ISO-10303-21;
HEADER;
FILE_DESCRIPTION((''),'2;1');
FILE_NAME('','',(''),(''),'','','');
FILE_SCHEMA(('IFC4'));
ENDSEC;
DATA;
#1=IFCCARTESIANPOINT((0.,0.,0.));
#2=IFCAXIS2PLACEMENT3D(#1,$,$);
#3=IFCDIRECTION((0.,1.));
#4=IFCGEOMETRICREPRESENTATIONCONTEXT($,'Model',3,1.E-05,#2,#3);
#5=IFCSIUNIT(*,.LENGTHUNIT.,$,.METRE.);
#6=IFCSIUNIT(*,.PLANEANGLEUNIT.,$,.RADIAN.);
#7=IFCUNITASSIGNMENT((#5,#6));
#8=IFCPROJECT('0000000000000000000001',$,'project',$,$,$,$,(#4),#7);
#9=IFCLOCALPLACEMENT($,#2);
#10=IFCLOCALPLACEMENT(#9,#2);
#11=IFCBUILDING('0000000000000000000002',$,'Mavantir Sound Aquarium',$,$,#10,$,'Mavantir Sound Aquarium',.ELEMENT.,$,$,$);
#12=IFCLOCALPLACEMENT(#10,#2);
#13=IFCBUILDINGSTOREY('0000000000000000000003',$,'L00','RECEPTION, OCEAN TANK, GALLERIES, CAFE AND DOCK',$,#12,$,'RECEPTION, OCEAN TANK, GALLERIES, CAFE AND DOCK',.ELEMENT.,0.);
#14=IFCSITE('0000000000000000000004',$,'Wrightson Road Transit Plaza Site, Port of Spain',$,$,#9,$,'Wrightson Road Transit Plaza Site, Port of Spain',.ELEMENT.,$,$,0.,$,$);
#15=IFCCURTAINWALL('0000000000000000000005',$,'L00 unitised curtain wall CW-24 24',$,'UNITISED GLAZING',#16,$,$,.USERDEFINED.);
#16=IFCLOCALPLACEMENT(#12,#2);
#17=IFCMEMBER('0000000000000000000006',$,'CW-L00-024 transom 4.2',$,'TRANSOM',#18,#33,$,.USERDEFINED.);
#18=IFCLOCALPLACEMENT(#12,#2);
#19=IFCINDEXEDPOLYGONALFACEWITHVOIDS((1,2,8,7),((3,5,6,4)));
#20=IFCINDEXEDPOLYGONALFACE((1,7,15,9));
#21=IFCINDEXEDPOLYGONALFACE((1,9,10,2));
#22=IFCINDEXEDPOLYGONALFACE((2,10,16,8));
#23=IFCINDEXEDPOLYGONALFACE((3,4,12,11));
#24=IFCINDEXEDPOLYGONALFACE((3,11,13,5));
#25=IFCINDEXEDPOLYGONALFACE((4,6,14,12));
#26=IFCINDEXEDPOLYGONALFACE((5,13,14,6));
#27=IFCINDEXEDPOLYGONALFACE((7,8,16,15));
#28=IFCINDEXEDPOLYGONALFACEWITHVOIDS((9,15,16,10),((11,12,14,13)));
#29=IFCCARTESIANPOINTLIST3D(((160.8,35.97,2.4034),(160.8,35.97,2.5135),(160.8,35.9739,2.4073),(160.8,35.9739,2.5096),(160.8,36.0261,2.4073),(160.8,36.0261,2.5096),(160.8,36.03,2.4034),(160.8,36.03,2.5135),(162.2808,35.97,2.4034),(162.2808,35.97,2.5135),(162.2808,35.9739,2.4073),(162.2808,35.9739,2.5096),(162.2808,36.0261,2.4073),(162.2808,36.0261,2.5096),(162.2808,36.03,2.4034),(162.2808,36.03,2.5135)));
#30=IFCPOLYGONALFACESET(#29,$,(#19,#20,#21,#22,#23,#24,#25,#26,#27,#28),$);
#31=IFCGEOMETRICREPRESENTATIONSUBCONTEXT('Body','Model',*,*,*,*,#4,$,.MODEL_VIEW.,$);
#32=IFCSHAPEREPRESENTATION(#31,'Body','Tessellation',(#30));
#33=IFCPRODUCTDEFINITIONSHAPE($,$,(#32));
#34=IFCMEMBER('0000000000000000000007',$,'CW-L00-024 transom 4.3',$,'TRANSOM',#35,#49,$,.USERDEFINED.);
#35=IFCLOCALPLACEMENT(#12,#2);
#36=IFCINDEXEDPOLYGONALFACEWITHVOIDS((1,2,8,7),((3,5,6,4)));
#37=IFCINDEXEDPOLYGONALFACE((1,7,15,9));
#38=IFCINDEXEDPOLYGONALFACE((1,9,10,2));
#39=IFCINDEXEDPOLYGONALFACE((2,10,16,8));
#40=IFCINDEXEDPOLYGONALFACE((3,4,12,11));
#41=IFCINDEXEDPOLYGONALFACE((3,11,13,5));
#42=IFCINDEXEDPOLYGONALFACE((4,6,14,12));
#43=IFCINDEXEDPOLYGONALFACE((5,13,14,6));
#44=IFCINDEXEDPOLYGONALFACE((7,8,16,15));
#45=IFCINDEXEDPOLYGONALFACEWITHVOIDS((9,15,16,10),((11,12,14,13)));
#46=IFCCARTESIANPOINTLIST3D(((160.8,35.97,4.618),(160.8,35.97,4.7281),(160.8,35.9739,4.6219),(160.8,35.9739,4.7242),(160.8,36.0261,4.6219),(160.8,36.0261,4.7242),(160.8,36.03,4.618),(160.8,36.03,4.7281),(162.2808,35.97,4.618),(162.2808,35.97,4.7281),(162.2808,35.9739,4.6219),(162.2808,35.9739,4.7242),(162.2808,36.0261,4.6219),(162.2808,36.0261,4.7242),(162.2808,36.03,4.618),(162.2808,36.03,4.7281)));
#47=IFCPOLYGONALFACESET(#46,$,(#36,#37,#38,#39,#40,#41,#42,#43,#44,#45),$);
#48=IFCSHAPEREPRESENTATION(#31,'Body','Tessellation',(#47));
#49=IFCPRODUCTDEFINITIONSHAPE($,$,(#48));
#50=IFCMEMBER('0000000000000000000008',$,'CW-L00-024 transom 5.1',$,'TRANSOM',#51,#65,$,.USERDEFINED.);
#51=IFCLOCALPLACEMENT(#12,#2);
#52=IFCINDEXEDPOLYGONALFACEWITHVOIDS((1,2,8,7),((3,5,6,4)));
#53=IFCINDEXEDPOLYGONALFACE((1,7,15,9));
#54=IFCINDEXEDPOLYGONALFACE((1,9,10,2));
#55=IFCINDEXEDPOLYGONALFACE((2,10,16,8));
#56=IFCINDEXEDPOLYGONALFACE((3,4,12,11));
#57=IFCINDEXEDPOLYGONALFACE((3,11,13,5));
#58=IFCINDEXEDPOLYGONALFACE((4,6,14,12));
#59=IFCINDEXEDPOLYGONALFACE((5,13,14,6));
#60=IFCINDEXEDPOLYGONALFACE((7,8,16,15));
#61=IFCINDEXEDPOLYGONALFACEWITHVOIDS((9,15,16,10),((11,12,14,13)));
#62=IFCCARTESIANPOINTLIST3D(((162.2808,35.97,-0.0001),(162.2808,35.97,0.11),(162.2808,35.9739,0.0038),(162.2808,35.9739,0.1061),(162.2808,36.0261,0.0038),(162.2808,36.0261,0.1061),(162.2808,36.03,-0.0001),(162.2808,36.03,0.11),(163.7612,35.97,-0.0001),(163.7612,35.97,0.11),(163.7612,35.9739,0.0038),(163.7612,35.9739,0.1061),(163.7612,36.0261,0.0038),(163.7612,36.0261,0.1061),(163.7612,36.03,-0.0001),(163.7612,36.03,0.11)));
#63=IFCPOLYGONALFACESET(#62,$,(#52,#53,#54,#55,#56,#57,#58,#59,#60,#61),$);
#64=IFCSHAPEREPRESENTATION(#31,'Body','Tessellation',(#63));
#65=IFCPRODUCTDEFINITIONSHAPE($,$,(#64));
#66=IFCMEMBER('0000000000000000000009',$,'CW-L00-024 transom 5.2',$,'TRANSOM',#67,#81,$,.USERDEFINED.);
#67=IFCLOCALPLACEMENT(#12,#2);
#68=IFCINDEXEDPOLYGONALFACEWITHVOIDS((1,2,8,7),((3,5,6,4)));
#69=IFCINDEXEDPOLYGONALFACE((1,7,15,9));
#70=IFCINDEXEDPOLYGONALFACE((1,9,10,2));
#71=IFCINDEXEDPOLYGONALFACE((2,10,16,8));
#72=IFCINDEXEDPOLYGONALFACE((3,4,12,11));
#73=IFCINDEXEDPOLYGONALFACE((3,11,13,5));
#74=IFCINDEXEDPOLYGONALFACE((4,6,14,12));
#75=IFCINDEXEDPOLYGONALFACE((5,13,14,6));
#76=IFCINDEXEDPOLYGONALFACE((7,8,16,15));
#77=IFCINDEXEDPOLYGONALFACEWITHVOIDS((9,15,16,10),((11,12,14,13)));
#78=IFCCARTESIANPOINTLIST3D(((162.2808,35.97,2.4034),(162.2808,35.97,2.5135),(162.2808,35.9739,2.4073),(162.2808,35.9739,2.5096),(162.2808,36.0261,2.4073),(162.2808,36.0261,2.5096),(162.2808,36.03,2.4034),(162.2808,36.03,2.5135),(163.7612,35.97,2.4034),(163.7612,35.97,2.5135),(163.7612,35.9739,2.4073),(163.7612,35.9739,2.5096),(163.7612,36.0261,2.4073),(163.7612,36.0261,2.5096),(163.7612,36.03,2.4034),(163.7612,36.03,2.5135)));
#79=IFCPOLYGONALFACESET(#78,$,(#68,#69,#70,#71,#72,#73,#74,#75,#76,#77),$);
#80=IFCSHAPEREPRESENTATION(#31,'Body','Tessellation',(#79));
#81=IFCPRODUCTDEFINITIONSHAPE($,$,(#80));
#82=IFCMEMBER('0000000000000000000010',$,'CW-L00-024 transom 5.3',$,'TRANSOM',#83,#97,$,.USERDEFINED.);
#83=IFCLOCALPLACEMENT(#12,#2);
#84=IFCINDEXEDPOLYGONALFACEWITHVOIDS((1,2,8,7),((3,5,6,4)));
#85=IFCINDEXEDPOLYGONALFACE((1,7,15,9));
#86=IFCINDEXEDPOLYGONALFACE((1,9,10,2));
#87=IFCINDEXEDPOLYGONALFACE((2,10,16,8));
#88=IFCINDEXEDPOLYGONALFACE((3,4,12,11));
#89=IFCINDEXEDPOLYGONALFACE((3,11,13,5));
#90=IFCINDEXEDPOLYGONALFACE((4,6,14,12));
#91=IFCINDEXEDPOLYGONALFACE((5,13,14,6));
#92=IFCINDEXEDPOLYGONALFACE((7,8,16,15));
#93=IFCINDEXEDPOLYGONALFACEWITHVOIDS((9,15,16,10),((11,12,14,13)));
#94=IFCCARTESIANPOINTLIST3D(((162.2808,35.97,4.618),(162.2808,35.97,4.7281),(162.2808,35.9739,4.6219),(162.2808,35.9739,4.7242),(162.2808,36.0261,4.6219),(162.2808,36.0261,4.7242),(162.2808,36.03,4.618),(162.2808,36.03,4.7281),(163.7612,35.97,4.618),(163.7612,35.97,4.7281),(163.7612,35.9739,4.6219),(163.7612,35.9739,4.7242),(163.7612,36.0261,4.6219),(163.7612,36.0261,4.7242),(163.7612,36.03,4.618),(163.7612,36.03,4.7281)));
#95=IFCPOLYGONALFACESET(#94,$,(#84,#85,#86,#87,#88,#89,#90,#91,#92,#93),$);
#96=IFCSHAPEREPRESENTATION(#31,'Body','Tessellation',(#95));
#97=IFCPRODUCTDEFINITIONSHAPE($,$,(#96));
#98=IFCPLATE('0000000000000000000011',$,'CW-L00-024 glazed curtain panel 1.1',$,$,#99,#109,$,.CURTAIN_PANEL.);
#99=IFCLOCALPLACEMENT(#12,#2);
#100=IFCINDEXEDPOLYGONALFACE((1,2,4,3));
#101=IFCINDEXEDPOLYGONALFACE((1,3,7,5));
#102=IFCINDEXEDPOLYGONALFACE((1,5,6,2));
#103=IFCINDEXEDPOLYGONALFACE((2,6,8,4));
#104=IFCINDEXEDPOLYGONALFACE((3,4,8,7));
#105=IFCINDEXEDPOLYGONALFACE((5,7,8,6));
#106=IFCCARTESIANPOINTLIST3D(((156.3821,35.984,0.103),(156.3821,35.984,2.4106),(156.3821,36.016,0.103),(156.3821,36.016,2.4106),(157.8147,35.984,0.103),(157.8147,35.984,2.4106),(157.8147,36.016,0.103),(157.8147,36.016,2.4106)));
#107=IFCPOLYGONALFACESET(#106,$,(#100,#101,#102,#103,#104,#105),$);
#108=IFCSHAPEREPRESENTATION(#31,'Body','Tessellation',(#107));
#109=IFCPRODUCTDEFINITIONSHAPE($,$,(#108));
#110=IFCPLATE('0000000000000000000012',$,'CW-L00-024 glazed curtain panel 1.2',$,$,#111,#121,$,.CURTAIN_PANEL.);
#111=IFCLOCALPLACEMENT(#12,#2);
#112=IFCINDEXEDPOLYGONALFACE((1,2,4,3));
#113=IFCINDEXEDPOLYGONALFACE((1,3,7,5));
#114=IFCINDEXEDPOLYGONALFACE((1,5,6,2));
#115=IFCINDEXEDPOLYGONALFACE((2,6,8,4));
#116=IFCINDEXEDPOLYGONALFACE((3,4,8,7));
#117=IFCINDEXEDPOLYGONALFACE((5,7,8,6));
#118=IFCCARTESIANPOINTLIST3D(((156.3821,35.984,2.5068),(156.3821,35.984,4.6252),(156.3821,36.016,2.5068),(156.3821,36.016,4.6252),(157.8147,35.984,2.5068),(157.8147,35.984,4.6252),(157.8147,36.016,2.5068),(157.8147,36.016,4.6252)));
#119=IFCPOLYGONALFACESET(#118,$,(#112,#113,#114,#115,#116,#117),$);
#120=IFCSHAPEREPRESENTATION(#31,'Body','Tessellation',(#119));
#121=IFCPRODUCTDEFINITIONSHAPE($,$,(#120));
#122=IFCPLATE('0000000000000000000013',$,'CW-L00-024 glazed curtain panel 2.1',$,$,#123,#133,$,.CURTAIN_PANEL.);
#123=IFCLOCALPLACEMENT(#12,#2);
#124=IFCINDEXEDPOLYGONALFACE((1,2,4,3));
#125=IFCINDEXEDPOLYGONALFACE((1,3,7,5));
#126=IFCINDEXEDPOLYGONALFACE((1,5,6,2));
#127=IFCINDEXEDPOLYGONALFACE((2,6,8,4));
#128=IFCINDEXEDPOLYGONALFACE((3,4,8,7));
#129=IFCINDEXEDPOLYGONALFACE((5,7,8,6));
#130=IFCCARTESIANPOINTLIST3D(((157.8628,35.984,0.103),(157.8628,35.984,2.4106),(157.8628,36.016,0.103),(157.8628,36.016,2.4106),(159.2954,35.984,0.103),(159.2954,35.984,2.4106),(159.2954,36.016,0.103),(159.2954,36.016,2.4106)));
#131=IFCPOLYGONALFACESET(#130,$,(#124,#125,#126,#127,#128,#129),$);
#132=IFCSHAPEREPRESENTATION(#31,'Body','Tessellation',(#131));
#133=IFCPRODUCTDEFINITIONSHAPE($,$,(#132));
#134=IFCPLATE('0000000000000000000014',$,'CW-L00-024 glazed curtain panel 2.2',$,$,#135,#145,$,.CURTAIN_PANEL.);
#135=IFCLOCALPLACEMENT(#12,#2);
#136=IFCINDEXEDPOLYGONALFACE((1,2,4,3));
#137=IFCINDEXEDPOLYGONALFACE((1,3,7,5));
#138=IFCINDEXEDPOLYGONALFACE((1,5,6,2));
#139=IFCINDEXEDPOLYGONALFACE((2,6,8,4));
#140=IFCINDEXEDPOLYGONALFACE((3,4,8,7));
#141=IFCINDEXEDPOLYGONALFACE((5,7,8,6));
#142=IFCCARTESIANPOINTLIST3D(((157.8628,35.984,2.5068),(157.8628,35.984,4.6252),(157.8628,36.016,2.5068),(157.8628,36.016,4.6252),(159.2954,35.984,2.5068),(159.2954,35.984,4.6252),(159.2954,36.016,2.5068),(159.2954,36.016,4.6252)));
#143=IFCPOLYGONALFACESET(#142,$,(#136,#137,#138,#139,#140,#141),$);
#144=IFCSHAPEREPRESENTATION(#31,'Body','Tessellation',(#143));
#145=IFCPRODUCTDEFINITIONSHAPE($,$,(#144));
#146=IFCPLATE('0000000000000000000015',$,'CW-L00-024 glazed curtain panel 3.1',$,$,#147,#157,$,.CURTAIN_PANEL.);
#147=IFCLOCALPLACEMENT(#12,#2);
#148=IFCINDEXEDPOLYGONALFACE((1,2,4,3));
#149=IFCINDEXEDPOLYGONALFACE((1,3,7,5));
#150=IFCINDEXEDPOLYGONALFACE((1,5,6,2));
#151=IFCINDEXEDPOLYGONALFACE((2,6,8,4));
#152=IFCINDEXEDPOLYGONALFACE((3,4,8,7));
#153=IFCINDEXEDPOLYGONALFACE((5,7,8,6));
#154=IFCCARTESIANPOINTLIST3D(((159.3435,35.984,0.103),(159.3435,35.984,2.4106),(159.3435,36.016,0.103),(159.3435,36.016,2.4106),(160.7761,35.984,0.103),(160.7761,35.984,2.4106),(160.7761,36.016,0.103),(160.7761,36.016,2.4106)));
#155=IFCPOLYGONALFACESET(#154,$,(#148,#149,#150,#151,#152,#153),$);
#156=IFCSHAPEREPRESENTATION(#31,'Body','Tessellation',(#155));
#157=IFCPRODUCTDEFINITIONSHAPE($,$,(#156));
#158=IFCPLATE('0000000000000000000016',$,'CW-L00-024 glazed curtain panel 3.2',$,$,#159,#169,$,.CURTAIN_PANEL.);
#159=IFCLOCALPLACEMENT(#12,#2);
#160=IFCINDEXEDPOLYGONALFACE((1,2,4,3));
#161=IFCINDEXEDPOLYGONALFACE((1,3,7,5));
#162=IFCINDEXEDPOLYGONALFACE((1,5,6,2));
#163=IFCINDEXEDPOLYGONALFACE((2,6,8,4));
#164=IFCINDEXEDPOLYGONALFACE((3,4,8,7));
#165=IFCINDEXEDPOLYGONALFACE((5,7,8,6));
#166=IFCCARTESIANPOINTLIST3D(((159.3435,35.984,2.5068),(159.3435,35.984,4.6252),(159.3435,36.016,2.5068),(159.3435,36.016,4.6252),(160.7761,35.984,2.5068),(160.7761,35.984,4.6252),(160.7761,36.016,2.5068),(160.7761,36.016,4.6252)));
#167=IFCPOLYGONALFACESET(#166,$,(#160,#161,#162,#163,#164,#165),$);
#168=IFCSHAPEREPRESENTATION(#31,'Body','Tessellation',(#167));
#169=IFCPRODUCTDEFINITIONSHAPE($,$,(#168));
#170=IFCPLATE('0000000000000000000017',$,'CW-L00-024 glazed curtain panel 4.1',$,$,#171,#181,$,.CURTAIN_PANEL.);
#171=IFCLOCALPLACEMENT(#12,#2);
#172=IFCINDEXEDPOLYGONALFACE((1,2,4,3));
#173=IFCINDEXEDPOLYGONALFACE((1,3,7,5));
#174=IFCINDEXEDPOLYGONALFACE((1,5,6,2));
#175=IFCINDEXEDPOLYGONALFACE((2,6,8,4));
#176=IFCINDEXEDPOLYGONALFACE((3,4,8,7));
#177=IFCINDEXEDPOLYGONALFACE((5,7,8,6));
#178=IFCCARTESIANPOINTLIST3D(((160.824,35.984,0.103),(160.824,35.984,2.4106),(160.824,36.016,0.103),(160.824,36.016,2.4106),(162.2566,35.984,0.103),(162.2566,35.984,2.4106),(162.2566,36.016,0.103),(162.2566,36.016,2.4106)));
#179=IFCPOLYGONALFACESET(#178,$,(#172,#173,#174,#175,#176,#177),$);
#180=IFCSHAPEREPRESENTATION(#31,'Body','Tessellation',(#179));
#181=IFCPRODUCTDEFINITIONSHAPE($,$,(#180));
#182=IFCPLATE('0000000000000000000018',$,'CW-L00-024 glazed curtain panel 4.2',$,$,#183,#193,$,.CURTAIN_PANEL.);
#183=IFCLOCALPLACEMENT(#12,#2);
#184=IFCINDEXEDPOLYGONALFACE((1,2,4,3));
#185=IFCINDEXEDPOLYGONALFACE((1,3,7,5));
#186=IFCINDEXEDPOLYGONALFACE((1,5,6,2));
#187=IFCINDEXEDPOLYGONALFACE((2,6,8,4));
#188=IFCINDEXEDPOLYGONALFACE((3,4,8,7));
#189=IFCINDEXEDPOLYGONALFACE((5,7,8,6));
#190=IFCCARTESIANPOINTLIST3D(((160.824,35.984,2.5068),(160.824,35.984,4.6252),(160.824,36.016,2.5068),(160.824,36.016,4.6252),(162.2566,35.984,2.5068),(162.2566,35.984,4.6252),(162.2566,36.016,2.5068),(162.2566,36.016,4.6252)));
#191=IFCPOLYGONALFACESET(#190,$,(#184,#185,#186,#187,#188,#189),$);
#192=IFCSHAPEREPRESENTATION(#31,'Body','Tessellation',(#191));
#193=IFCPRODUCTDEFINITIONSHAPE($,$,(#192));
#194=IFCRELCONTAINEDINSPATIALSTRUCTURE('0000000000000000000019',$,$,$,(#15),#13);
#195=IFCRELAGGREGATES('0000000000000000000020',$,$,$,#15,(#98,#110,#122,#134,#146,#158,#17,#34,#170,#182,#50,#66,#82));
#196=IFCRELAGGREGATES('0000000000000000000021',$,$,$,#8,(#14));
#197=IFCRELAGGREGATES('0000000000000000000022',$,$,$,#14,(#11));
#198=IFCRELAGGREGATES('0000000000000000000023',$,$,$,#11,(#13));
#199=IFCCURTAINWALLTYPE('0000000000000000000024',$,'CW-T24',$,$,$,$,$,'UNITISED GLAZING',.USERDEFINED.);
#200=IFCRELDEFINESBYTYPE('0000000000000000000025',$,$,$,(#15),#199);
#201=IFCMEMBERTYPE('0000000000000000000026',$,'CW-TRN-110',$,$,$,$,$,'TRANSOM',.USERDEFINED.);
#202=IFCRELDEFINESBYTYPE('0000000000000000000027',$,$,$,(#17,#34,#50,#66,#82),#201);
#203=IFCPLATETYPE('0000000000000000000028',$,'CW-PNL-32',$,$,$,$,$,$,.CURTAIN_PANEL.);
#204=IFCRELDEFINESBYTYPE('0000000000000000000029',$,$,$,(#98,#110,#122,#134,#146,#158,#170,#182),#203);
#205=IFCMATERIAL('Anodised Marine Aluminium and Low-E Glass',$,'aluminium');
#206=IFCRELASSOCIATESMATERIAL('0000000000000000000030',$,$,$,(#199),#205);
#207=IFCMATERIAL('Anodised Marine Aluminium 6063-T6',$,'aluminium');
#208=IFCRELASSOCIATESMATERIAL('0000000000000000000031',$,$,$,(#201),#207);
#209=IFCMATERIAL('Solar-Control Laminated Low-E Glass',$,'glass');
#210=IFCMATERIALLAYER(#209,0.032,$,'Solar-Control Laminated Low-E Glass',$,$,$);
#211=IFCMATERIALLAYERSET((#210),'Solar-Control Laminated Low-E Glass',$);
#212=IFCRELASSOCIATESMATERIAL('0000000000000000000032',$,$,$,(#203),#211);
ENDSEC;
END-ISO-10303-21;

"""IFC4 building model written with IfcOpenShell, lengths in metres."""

from ifc_helpers import new_model, si_unit, direction, frame, origin, origin_2d, place, context, subcontext, project, spatial, rectangle, hollow_rectangle, extrude, material, layer, layer_set, material_profile, profile_set, type_object, element, aggregate, save


model = new_model("IFC4")

# Units and contexts
model_context = context("Model", 3, precision=1e-05, world=origin(), true_north=direction((0.0, 1.0)))
body_context = subcontext(model_context, "Body", "Model", "MODEL_VIEW")
ifc_project = project(units=[si_unit("LENGTHUNIT", "METRE"), si_unit("PLANEANGLEUNIT", "RADIAN")], contexts=[model_context])

# Site, building, storey
site_placement = place(None, origin())
site = spatial("IfcSite", under=ifc_project, at=site_placement, Name="Wrightson Road Transit Plaza Site, Port of Spain", LongName="Wrightson Road Transit Plaza Site, Port of Spain", CompositionType="ELEMENT", RefElevation=0.0)
building_placement = place(site_placement, origin())
building = spatial("IfcBuilding", under=site, at=building_placement, Name="Mavantir Sound Aquarium", LongName="Mavantir Sound Aquarium", CompositionType="ELEMENT")
storey_placement = place(building_placement, origin())
storey = spatial("IfcBuildingStorey", under=building, at=storey_placement, Name="L00", Description="RECEPTION, OCEAN TANK, GALLERIES, CAFE AND DOCK", LongName="RECEPTION, OCEAN TANK, GALLERIES, CAFE AND DOCK", CompositionType="ELEMENT", Elevation=0.0)

# Curtain wall, members, plates
ifc_material_1 = material(Name="Anodised Marine Aluminium and Low-E Glass", Category="aluminium")
curtain_wall_type = type_object("IfcCurtainWallType", Name="CW-T24", ElementType="UNITISED GLAZING", PredefinedType="USERDEFINED", material=ifc_material_1)
curtain_wall_placement = place(storey_placement, origin())
curtain_wall = element("IfcCurtainWall", 1, at=curtain_wall_placement, inside=storey, type_object=curtain_wall_type, Name="L00 unitised curtain wall CW-24 24", ObjectType="UNITISED GLAZING", PredefinedType="USERDEFINED")
ifc_material_2 = material(Name="Anodised Marine Aluminium 6063-T6", Category="aluminium")
ifc_material_profile_1 = material_profile(ifc_material_2, hollow_rectangle(XDim=0.0601, YDim=0.1101, WallThickness=0.0039, at=origin_2d()), Name="ALU-TRANSOM-110X60")
ifc_profile_set_1 = profile_set([ifc_material_profile_1], Name="Anodised Marine Aluminium 6063-T6")
member_type_1 = type_object("IfcMemberType", Name="CW-TRN-110", ElementType="TRANSOM", PredefinedType="USERDEFINED", material=ifc_profile_set_1)
member_1_placement = place(storey_placement, frame((160.8, 36.0, 2.4585), z_axis=(1.0, 0.0, 0.0), x_axis=(0.0, 1.0, 0.0)))
member_1 = element("IfcMember", 2, at=member_1_placement, type_object=member_type_1, Name="CW-L00-024 transom 4.2", ObjectType="TRANSOM", PredefinedType="USERDEFINED", context=body_context, shape_type="SweptSolid", body=[
    extrude(hollow_rectangle(XDim=0.0601, YDim=0.1101, WallThickness=0.0039, at=origin_2d()), origin(), (0.0, 0.0, 1.0), 1.4807),
])
member_2_placement = place(storey_placement, frame((160.8, 36.0, 4.6731), z_axis=(1.0, 0.0, 0.0), x_axis=(0.0, 1.0, 0.0)))
member_2 = element("IfcMember", 3, at=member_2_placement, type_object=member_type_1, Name="CW-L00-024 transom 4.3", ObjectType="TRANSOM", PredefinedType="USERDEFINED", context=body_context, shape_type="SweptSolid", body=[
    extrude(hollow_rectangle(XDim=0.0601, YDim=0.1101, WallThickness=0.0039, at=origin_2d()), origin(), (0.0, 0.0, 1.0), 1.4807),
])
member_3_placement = place(storey_placement, frame((162.2808, 36.0, 0.0549), z_axis=(1.0, 0.0, 0.0), x_axis=(0.0, 1.0, 0.0)))
member_3 = element("IfcMember", 4, at=member_3_placement, type_object=member_type_1, Name="CW-L00-024 transom 5.1", ObjectType="TRANSOM", PredefinedType="USERDEFINED", context=body_context, shape_type="SweptSolid", body=[
    extrude(hollow_rectangle(XDim=0.0601, YDim=0.1101, WallThickness=0.0039, at=origin_2d()), origin(), (0.0, 0.0, 1.0), 1.4805),
])
member_4_placement = place(storey_placement, frame((162.2808, 36.0, 2.4585), z_axis=(1.0, 0.0, 0.0), x_axis=(0.0, 1.0, 0.0)))
member_4 = element("IfcMember", 5, at=member_4_placement, type_object=member_type_1, Name="CW-L00-024 transom 5.2", ObjectType="TRANSOM", PredefinedType="USERDEFINED", context=body_context, shape_type="SweptSolid", body=[
    extrude(hollow_rectangle(XDim=0.0601, YDim=0.1101, WallThickness=0.0039, at=origin_2d()), origin(), (0.0, 0.0, 1.0), 1.4805),
])
member_5_placement = place(storey_placement, frame((162.2808, 36.0, 4.6731), z_axis=(1.0, 0.0, 0.0), x_axis=(0.0, 1.0, 0.0)))
member_5 = element("IfcMember", 6, at=member_5_placement, type_object=member_type_1, Name="CW-L00-024 transom 5.3", ObjectType="TRANSOM", PredefinedType="USERDEFINED", context=body_context, shape_type="SweptSolid", body=[
    extrude(hollow_rectangle(XDim=0.0601, YDim=0.1101, WallThickness=0.0039, at=origin_2d()), origin(), (0.0, 0.0, 1.0), 1.4805),
])
ifc_material_3 = material(Name="Solar-Control Laminated Low-E Glass", Category="glass")
ifc_layer = layer(ifc_material_3, 0.032, Name="Solar-Control Laminated Low-E Glass")
ifc_layer_set = layer_set([ifc_layer], Name="Solar-Control Laminated Low-E Glass")
plate_type = type_object("IfcPlateType", Name="CW-PNL-32", PredefinedType="CURTAIN_PANEL", material=ifc_layer_set)
plate_1_placement = place(storey_placement, frame((157.0984, 36.0, 0.103), z_axis=(0.0, 0.0, 1.0), x_axis=(1.0, 0.0, 0.0)))
plate_1 = element("IfcPlate", 7, at=plate_1_placement, type_object=plate_type, Name="CW-L00-024 glazed curtain panel 1.1", PredefinedType="CURTAIN_PANEL", context=body_context, shape_type="SweptSolid", body=[
    extrude(rectangle(XDim=1.4326, YDim=0.032, at=origin_2d()), origin(), (0.0, 0.0, 1.0), 2.3076),
])
plate_2_placement = place(storey_placement, frame((157.0984, 36.0, 2.5068), z_axis=(0.0, 0.0, 1.0), x_axis=(1.0, 0.0, 0.0)))
plate_2 = element("IfcPlate", 8, at=plate_2_placement, type_object=plate_type, Name="CW-L00-024 glazed curtain panel 1.2", PredefinedType="CURTAIN_PANEL", context=body_context, shape_type="SweptSolid", body=[
    extrude(rectangle(XDim=1.4326, YDim=0.032, at=origin_2d()), origin(), (0.0, 0.0, 1.0), 2.1184),
])
plate_3_placement = place(storey_placement, frame((158.5791, 36.0, 0.103), z_axis=(0.0, 0.0, 1.0), x_axis=(1.0, 0.0, 0.0)))
plate_3 = element("IfcPlate", 9, at=plate_3_placement, type_object=plate_type, Name="CW-L00-024 glazed curtain panel 2.1", PredefinedType="CURTAIN_PANEL", context=body_context, shape_type="SweptSolid", body=[
    extrude(rectangle(XDim=1.4326, YDim=0.032, at=origin_2d()), origin(), (0.0, 0.0, 1.0), 2.3076),
])
plate_4_placement = place(storey_placement, frame((158.5791, 36.0, 2.5068), z_axis=(0.0, 0.0, 1.0), x_axis=(1.0, 0.0, 0.0)))
plate_4 = element("IfcPlate", 10, at=plate_4_placement, type_object=plate_type, Name="CW-L00-024 glazed curtain panel 2.2", PredefinedType="CURTAIN_PANEL", context=body_context, shape_type="SweptSolid", body=[
    extrude(rectangle(XDim=1.4326, YDim=0.032, at=origin_2d()), origin(), (0.0, 0.0, 1.0), 2.1184),
])
plate_5_placement = place(storey_placement, frame((160.0598, 36.0, 0.103), z_axis=(0.0, 0.0, 1.0), x_axis=(1.0, 0.0, 0.0)))
plate_5 = element("IfcPlate", 11, at=plate_5_placement, type_object=plate_type, Name="CW-L00-024 glazed curtain panel 3.1", PredefinedType="CURTAIN_PANEL", context=body_context, shape_type="SweptSolid", body=[
    extrude(rectangle(XDim=1.4326, YDim=0.032, at=origin_2d()), origin(), (0.0, 0.0, 1.0), 2.3076),
])
plate_6_placement = place(storey_placement, frame((160.0598, 36.0, 2.5068), z_axis=(0.0, 0.0, 1.0), x_axis=(1.0, 0.0, 0.0)))
plate_6 = element("IfcPlate", 12, at=plate_6_placement, type_object=plate_type, Name="CW-L00-024 glazed curtain panel 3.2", PredefinedType="CURTAIN_PANEL", context=body_context, shape_type="SweptSolid", body=[
    extrude(rectangle(XDim=1.4326, YDim=0.032, at=origin_2d()), origin(), (0.0, 0.0, 1.0), 2.1184),
])
plate_7_placement = place(storey_placement, frame((161.5403, 36.0, 0.103), z_axis=(0.0, 0.0, 1.0), x_axis=(1.0, 0.0, 0.0)))
plate_7 = element("IfcPlate", 13, at=plate_7_placement, type_object=plate_type, Name="CW-L00-024 glazed curtain panel 4.1", PredefinedType="CURTAIN_PANEL", context=body_context, shape_type="SweptSolid", body=[
    extrude(rectangle(XDim=1.4326, YDim=0.032, at=origin_2d()), origin(), (0.0, 0.0, 1.0), 2.3076),
])
plate_8_placement = place(storey_placement, frame((161.5403, 36.0, 2.5068), z_axis=(0.0, 0.0, 1.0), x_axis=(1.0, 0.0, 0.0)))
plate_8 = element("IfcPlate", 14, at=plate_8_placement, type_object=plate_type, Name="CW-L00-024 glazed curtain panel 4.2", PredefinedType="CURTAIN_PANEL", context=body_context, shape_type="SweptSolid", body=[
    extrude(rectangle(XDim=1.4326, YDim=0.032, at=origin_2d()), origin(), (0.0, 0.0, 1.0), 2.1184),
])
aggregate(curtain_wall, [plate_1, plate_2, plate_3, plate_4, plate_5, plate_6, member_1, member_2, plate_7, plate_8, member_3, member_4, member_5])

save(model, "model.ifc")
